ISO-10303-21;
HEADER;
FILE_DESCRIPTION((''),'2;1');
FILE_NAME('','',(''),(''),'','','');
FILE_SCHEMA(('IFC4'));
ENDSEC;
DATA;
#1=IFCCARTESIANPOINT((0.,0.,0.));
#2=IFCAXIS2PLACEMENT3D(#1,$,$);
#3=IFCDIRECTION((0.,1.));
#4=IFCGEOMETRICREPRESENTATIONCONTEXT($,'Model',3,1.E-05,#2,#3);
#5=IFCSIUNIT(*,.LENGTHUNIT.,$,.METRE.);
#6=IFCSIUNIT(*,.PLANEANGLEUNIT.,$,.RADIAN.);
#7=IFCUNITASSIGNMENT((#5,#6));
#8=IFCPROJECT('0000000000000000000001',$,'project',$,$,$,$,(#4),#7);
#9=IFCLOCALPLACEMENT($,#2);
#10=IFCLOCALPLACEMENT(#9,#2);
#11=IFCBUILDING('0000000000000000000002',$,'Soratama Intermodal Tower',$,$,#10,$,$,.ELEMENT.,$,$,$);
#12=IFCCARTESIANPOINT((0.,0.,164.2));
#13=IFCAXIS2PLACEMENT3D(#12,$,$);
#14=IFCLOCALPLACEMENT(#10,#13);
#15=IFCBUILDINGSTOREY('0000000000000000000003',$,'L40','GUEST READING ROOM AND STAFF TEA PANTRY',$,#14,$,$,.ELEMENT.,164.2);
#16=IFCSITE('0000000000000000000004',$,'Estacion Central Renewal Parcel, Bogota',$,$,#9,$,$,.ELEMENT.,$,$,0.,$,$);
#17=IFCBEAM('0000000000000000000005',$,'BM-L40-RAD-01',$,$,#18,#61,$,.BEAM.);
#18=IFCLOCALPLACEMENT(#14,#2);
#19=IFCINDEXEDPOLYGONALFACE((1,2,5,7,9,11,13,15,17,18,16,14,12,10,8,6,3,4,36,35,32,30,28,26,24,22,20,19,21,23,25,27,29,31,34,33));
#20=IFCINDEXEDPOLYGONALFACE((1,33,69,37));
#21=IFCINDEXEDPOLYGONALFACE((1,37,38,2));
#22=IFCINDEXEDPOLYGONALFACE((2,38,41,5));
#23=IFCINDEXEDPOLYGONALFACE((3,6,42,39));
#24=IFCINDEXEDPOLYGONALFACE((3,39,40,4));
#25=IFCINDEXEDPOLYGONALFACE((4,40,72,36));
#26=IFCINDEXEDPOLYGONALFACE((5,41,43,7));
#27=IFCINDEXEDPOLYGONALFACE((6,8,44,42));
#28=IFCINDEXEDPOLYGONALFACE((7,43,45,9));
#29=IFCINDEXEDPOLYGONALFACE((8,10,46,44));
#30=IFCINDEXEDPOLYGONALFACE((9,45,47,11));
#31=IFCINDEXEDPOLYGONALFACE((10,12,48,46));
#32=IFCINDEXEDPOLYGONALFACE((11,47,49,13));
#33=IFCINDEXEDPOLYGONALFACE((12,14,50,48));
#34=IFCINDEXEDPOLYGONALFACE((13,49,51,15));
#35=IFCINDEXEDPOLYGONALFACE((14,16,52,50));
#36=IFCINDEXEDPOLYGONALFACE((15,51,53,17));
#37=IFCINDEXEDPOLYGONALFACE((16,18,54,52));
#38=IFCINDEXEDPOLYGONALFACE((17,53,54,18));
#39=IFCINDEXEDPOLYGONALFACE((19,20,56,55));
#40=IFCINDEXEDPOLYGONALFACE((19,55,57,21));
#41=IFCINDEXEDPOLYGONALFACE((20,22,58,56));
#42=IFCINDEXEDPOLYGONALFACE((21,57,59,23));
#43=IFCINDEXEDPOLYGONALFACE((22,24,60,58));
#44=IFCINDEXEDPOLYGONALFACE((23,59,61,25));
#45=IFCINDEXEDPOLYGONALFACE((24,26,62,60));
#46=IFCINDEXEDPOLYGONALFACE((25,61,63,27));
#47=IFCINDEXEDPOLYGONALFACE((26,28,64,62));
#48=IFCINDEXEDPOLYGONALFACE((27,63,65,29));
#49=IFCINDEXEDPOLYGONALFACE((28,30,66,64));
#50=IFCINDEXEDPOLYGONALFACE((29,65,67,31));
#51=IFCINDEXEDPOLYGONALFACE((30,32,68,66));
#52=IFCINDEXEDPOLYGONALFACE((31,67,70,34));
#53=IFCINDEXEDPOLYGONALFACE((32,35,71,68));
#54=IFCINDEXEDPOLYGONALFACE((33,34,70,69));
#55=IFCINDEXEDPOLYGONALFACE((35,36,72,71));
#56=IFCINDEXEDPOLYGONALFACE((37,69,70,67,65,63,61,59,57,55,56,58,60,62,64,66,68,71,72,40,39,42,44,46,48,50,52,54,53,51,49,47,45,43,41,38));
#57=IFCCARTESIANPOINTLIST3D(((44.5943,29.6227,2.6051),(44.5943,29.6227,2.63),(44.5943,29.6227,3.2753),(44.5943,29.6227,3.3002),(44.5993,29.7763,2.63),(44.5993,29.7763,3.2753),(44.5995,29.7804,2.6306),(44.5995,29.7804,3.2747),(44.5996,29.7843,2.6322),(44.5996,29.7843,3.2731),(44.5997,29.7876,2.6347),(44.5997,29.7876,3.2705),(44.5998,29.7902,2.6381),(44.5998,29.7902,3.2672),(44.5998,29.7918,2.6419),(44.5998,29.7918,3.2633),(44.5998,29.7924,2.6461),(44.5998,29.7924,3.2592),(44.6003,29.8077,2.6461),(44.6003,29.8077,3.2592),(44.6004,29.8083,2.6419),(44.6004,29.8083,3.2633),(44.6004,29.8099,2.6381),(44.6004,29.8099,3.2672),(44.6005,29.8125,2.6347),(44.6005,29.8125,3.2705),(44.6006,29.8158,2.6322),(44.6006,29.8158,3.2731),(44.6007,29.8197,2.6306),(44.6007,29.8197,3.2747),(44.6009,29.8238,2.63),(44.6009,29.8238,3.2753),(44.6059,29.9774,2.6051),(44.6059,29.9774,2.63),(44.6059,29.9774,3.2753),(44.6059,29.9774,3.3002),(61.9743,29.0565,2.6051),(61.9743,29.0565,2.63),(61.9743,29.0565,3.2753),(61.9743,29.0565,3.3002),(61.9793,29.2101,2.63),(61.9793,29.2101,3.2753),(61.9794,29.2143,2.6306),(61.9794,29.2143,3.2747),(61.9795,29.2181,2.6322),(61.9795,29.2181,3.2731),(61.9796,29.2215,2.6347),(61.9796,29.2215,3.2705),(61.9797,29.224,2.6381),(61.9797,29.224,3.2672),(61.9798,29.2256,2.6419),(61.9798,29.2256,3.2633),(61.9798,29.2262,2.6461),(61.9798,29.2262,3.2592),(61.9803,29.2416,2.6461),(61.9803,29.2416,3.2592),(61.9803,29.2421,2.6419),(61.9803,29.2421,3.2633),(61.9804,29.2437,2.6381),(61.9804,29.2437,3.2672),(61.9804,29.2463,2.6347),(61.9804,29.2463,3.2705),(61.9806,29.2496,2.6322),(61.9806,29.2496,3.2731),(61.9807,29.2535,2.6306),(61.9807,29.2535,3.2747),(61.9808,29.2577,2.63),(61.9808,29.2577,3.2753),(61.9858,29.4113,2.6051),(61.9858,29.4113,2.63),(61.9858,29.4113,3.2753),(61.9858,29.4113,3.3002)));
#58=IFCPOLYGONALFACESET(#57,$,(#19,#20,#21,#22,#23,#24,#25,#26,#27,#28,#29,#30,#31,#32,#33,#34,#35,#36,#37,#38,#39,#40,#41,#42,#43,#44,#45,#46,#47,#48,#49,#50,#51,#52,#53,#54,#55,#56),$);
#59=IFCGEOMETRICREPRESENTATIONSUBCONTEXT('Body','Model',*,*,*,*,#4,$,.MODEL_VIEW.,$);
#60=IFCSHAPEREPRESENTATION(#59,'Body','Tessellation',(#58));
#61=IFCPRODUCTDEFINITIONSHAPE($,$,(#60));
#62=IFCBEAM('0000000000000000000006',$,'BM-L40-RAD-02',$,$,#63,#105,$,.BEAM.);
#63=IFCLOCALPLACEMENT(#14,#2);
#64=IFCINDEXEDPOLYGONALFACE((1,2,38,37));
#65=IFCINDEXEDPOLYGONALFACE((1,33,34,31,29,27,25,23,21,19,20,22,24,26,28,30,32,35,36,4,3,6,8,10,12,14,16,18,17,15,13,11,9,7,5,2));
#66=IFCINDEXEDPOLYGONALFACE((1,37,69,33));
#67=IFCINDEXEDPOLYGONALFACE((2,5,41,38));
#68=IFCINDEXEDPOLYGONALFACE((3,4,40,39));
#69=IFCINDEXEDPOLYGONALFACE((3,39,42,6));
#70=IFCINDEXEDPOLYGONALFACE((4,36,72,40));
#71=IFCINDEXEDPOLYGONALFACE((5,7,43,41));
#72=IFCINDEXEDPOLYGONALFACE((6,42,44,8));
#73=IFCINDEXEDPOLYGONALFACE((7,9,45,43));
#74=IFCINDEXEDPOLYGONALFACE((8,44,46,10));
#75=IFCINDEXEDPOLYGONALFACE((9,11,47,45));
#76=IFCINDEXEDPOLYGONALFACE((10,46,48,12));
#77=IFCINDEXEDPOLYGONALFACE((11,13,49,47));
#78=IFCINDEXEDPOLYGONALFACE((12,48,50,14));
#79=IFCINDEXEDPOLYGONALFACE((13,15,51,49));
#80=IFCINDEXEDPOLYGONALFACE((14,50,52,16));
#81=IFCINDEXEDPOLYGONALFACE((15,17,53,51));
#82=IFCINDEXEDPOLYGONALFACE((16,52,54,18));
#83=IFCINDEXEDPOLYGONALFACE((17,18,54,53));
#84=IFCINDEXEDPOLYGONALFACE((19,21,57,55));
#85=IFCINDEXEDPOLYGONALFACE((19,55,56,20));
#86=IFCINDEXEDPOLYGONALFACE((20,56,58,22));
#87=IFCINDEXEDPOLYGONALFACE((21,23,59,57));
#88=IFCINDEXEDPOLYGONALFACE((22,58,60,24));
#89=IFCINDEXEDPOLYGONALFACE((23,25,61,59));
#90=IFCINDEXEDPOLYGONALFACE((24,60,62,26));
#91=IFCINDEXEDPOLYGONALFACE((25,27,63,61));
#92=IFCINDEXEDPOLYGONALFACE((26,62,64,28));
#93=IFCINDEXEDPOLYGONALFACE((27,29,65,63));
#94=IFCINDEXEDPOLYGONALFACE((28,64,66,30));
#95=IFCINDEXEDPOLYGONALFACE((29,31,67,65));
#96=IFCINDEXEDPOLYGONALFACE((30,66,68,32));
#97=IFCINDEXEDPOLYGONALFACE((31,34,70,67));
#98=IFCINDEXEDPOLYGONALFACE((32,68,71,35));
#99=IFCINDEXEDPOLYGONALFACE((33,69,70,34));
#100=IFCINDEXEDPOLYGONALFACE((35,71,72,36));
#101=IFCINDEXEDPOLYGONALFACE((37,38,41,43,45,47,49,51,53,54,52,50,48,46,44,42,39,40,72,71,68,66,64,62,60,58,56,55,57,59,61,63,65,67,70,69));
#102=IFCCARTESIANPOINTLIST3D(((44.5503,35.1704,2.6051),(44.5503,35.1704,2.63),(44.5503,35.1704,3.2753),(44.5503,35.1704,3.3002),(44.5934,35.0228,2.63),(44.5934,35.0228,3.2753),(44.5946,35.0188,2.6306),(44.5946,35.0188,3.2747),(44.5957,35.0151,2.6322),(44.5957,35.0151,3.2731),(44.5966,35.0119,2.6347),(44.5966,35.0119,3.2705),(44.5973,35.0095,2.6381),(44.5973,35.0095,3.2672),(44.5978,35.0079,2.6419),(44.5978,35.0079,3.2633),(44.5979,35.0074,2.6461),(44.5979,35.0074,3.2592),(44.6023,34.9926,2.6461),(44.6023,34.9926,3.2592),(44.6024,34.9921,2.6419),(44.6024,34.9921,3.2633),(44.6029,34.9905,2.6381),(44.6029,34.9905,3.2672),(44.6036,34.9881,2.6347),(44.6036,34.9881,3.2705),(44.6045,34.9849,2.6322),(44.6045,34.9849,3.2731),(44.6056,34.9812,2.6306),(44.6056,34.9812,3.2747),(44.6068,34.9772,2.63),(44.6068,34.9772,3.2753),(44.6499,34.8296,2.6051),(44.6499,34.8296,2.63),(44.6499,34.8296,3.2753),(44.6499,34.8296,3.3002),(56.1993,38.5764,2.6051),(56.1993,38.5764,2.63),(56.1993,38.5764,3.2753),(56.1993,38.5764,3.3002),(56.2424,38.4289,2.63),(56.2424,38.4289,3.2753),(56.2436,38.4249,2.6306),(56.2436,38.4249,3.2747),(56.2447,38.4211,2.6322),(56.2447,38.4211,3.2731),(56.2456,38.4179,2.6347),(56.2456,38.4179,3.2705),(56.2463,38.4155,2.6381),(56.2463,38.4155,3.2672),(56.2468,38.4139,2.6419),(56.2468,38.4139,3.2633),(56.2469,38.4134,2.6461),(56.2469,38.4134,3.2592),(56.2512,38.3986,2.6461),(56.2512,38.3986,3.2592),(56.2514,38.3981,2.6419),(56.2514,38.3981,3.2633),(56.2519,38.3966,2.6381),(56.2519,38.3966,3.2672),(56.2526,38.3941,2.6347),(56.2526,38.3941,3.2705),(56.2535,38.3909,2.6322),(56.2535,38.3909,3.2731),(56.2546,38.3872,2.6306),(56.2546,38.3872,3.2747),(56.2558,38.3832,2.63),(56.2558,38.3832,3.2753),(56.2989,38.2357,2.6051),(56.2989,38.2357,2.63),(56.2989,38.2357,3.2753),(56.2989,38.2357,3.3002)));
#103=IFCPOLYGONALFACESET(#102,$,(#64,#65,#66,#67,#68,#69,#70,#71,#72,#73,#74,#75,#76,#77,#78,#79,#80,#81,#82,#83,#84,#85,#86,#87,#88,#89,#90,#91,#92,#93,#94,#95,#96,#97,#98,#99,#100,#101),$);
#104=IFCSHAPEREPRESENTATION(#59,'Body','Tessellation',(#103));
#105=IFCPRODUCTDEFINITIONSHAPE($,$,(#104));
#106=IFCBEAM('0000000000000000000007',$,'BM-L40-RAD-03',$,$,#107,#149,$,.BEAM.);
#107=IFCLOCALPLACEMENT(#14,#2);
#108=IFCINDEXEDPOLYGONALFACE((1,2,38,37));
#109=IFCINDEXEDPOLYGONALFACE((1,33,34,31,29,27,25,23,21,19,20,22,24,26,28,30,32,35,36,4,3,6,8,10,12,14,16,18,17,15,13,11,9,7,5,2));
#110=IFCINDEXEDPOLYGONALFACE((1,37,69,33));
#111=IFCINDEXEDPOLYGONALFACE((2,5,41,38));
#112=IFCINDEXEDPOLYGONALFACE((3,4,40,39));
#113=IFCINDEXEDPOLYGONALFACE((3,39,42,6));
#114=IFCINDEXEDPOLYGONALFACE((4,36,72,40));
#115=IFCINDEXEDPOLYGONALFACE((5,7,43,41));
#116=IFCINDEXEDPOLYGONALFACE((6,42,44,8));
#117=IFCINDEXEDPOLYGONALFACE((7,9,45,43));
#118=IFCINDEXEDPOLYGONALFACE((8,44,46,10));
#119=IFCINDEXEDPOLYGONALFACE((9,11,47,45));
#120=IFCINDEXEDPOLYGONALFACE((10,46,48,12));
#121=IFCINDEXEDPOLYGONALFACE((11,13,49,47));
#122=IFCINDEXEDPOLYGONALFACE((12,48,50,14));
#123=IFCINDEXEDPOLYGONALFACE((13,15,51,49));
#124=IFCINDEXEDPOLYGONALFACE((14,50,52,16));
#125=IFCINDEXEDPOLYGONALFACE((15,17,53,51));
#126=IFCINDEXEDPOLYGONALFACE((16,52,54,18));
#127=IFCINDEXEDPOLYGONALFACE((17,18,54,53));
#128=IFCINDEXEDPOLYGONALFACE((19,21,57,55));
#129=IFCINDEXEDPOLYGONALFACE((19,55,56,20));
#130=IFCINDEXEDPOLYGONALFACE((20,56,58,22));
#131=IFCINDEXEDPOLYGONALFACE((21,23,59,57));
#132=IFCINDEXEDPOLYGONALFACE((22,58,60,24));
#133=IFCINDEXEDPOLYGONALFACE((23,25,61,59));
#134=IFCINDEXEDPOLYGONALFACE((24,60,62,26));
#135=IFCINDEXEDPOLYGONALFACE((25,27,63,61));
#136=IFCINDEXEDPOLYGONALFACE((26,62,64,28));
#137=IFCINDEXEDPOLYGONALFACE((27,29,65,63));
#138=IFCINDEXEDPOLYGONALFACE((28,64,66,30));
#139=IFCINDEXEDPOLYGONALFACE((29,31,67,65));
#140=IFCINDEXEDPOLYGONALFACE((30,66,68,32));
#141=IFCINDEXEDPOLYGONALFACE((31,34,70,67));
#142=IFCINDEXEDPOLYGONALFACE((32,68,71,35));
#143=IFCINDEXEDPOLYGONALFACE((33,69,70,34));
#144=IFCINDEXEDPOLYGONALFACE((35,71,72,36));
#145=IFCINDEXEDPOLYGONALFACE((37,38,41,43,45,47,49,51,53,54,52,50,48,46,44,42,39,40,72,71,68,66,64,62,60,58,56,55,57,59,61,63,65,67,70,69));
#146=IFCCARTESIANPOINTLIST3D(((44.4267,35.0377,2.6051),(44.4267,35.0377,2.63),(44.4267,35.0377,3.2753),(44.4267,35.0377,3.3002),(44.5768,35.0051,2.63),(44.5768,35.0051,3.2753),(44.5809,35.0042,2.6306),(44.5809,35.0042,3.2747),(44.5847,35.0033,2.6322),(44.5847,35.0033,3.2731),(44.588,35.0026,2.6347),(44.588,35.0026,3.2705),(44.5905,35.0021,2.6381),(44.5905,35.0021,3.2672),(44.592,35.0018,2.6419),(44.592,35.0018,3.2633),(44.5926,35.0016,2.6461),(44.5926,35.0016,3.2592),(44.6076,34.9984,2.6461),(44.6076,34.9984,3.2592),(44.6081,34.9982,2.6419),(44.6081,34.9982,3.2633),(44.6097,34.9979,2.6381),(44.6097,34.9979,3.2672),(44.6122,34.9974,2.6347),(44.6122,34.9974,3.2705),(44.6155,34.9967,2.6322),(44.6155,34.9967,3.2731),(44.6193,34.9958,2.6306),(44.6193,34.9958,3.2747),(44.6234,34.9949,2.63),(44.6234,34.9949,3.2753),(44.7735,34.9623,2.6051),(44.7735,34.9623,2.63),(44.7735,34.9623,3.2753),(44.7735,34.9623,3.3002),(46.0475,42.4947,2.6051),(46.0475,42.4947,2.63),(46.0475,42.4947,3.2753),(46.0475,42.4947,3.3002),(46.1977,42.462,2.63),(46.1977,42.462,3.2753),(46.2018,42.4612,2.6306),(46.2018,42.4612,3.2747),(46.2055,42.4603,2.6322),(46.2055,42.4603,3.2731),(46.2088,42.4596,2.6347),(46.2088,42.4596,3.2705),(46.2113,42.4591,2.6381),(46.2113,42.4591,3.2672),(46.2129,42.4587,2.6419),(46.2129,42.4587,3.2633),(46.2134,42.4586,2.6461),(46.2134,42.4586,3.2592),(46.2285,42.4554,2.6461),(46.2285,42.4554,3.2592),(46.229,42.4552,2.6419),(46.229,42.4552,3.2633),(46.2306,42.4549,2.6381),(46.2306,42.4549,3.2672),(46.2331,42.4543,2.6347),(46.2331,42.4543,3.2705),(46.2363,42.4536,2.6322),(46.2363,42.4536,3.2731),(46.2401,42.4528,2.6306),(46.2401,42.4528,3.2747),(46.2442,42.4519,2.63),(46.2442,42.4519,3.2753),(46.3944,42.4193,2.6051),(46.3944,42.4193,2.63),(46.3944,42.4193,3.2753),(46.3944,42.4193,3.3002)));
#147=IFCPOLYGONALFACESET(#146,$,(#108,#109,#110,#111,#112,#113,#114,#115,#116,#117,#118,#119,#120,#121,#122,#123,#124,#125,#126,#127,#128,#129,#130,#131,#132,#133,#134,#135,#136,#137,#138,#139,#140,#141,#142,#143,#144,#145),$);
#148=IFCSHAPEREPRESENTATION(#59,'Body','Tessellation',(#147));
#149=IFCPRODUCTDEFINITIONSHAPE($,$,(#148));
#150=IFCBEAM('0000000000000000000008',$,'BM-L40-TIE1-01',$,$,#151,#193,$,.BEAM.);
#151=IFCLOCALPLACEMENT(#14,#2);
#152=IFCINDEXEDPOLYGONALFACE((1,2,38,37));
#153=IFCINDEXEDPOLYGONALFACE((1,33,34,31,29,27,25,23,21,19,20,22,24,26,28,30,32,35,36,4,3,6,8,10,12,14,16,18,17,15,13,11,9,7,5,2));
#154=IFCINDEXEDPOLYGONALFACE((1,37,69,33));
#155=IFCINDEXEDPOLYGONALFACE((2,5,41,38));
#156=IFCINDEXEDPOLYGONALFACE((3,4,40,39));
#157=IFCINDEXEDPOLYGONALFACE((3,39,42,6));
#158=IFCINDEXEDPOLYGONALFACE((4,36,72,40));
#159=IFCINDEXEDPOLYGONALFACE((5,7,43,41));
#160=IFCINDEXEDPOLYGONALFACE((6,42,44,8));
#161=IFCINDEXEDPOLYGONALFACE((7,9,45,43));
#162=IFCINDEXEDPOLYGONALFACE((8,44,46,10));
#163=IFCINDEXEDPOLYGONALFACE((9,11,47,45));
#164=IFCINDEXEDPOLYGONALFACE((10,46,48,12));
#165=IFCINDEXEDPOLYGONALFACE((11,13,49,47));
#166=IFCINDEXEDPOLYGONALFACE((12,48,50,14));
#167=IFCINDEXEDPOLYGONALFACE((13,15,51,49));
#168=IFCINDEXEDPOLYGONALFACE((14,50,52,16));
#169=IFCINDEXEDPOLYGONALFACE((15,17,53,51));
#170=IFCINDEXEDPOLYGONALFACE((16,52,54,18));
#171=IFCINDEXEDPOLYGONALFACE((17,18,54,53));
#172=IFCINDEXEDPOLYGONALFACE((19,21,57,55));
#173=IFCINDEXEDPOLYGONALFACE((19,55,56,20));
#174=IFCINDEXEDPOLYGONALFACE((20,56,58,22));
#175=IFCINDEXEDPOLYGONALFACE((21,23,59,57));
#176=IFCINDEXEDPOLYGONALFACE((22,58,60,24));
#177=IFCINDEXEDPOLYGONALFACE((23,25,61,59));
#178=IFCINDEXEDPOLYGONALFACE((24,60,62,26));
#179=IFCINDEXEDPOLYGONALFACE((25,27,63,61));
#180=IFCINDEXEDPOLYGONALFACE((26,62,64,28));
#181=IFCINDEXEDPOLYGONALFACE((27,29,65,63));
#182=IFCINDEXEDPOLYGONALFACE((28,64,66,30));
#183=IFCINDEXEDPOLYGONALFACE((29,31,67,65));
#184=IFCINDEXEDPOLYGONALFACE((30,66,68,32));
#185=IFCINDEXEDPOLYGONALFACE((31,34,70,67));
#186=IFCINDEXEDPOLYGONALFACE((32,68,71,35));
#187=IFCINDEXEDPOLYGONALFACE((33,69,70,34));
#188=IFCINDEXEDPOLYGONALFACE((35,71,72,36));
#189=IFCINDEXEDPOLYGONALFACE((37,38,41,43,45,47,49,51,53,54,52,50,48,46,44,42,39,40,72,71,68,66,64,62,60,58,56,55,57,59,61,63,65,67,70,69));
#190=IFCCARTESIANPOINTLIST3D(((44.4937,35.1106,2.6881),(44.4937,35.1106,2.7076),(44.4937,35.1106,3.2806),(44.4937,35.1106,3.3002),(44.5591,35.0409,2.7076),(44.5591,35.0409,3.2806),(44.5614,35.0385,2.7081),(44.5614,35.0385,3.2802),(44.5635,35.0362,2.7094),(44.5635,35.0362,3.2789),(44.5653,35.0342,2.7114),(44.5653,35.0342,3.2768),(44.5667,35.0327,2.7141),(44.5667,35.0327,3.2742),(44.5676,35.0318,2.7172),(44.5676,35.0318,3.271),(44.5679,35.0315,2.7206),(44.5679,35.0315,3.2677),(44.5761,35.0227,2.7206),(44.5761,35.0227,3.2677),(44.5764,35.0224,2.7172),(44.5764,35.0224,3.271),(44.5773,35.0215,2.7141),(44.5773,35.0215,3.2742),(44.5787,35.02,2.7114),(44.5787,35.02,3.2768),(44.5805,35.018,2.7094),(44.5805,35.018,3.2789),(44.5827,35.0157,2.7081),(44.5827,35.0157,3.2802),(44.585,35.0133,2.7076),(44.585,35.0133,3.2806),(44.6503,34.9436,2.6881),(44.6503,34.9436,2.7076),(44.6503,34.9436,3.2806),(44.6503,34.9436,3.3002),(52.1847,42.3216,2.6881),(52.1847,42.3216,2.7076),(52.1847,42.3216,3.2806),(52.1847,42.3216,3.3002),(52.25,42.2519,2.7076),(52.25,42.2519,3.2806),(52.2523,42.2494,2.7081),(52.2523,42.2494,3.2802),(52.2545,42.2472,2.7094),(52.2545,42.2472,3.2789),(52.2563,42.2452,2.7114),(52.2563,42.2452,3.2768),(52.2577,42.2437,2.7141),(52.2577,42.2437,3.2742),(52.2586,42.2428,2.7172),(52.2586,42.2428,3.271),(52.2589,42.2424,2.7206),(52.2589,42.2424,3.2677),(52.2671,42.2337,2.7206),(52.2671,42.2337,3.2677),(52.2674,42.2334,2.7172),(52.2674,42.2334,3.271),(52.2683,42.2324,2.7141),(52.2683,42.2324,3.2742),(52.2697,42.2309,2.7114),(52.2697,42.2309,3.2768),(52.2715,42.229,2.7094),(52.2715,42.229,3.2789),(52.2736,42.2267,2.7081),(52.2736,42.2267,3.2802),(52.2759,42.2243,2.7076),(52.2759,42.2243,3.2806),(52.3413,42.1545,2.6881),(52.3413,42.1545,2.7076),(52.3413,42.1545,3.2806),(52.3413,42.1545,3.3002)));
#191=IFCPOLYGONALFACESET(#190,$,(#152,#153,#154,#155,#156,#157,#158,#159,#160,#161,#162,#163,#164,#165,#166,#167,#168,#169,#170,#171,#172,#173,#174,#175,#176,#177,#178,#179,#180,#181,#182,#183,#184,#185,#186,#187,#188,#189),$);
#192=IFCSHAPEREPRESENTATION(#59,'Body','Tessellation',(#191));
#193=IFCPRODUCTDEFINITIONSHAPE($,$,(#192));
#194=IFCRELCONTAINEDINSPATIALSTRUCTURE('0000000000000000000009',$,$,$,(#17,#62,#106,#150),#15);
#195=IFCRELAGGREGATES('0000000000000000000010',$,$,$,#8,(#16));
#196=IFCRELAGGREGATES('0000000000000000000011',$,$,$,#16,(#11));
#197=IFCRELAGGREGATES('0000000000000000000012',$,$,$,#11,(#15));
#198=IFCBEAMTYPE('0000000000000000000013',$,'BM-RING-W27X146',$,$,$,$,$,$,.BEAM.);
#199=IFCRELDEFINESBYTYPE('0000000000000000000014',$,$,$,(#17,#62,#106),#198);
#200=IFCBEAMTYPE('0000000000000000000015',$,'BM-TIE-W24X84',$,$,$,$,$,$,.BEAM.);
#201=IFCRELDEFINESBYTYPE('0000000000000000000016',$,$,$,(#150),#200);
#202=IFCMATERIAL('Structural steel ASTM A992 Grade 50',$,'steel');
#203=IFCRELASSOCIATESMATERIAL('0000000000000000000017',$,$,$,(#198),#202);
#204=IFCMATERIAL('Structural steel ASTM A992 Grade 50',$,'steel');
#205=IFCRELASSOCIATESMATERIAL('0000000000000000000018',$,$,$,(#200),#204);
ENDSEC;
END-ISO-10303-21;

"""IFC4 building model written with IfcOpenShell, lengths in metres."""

from ifc_helpers import new_model, si_unit, direction, frame, origin, origin_2d, place, context, subcontext, project, spatial, i_section, extrude, material, material_profile, profile_set, type_object, element, save


model = new_model("IFC4")

# Units and contexts
model_context = context("Model", 3, precision=1e-05, world=origin(), true_north=direction((0.0, 1.0)))
body_context = subcontext(model_context, "Body", "Model", "MODEL_VIEW")
ifc_project = project(units=[si_unit("LENGTHUNIT", "METRE"), si_unit("PLANEANGLEUNIT", "RADIAN")], contexts=[model_context])

# Site, building, storey
site_placement = place(None, origin())
site = spatial("IfcSite", under=ifc_project, at=site_placement, Name="Estacion Central Renewal Parcel, Bogota", CompositionType="ELEMENT", RefElevation=0.0)
building_placement = place(site_placement, origin())
building = spatial("IfcBuilding", under=site, at=building_placement, Name="Soratama Intermodal Tower", CompositionType="ELEMENT")
storey_placement = place(building_placement, frame((0.0, 0.0, 164.2)))
storey = spatial("IfcBuildingStorey", under=building, at=storey_placement, Name="L40", Description="GUEST READING ROOM AND STAFF TEA PANTRY", CompositionType="ELEMENT", Elevation=164.2)

# Beams
ifc_material_1 = material(Name="Structural steel ASTM A992 Grade 50", Category="steel")
ifc_material_profile_1 = material_profile(ifc_material_1, i_section(OverallWidth=0.355, OverallDepth=0.6951, WebThickness=0.0154, FlangeThickness=0.0249, FilletRadius=0.0161, at=origin_2d()), Name="W27X146")
ifc_profile_set_1 = profile_set([ifc_material_profile_1], Name="Structural steel ASTM A992 Grade 50")
beam_type_1 = type_object("IfcBeamType", Name="BM-RING-W27X146", PredefinedType="BEAM", material=ifc_profile_set_1)
beam_1_placement = place(storey_placement, frame((44.6001, 29.8, 2.9526), z_axis=(0.99947, -0.032558, 0.0), x_axis=(0.032558, 0.99947, 0.0)))
element("IfcBeam", 1, at=beam_1_placement, inside=storey, type_object=beam_type_1, Name="BM-L40-RAD-01", PredefinedType="BEAM", context=body_context, shape_type="SweptSolid", body=[
    extrude(i_section(OverallWidth=0.355, OverallDepth=0.6951, WebThickness=0.0154, FlangeThickness=0.0249, FilletRadius=0.0161, at=origin_2d()), origin(), (0.0, 0.0, 1.0), 17.3892),
])
beam_2_placement = place(storey_placement, frame((44.6001, 35.0, 2.9526), z_axis=(0.959814, 0.280638, 0.0), x_axis=(-0.280638, 0.959814, 0.0)))
element("IfcBeam", 2, at=beam_2_placement, inside=storey, type_object=beam_type_1, Name="BM-L40-RAD-02", PredefinedType="BEAM", context=body_context, shape_type="SweptSolid", body=[
    extrude(i_section(OverallWidth=0.355, OverallDepth=0.6951, WebThickness=0.0154, FlangeThickness=0.0249, FilletRadius=0.0161, at=origin_2d()), origin(), (0.0, 0.0, 1.0), 12.1367),
])
beam_3_placement = place(storey_placement, frame((44.6001, 35.0, 2.9526), z_axis=(0.212399, 0.977183, 0.0), x_axis=(-0.977183, 0.212399, 0.0)))
element("IfcBeam", 3, at=beam_3_placement, inside=storey, type_object=beam_type_1, Name="BM-L40-RAD-03", PredefinedType="BEAM", context=body_context, shape_type="SweptSolid", body=[
    extrude(i_section(OverallWidth=0.355, OverallDepth=0.6951, WebThickness=0.0154, FlangeThickness=0.0249, FilletRadius=0.0161, at=origin_2d()), origin(), (0.0, 0.0, 1.0), 7.6311),
])
ifc_material_2 = material(Name="Structural steel ASTM A992 Grade 50", Category="steel")
ifc_material_profile_2 = material_profile(ifc_material_2, i_section(OverallWidth=0.229, OverallDepth=0.6121, WebThickness=0.012, FlangeThickness=0.0195, FilletRadius=0.0129, at=origin_2d()), Name="W24X84")
ifc_profile_set_2 = profile_set([ifc_material_profile_2], Name="Structural steel ASTM A992 Grade 50")
beam_type_2 = type_object("IfcBeamType", Name="BM-TIE-W24X84", PredefinedType="BEAM", material=ifc_profile_set_2)
beam_4_placement = place(storey_placement, frame((44.572, 35.0271, 2.9941), z_axis=(0.729504, 0.683977, 0.0), x_axis=(-0.683977, 0.729504, 0.0)))
element("IfcBeam", 4, at=beam_4_placement, inside=storey, type_object=beam_type_2, Name="BM-L40-TIE1-01", PredefinedType="BEAM", context=body_context, shape_type="SweptSolid", body=[
    extrude(i_section(OverallWidth=0.229, OverallDepth=0.6121, WebThickness=0.012, FlangeThickness=0.0195, FilletRadius=0.0129, at=origin_2d()), origin(), (0.0, 0.0, 1.0), 10.5427),
])

save(model, "model.ifc")
